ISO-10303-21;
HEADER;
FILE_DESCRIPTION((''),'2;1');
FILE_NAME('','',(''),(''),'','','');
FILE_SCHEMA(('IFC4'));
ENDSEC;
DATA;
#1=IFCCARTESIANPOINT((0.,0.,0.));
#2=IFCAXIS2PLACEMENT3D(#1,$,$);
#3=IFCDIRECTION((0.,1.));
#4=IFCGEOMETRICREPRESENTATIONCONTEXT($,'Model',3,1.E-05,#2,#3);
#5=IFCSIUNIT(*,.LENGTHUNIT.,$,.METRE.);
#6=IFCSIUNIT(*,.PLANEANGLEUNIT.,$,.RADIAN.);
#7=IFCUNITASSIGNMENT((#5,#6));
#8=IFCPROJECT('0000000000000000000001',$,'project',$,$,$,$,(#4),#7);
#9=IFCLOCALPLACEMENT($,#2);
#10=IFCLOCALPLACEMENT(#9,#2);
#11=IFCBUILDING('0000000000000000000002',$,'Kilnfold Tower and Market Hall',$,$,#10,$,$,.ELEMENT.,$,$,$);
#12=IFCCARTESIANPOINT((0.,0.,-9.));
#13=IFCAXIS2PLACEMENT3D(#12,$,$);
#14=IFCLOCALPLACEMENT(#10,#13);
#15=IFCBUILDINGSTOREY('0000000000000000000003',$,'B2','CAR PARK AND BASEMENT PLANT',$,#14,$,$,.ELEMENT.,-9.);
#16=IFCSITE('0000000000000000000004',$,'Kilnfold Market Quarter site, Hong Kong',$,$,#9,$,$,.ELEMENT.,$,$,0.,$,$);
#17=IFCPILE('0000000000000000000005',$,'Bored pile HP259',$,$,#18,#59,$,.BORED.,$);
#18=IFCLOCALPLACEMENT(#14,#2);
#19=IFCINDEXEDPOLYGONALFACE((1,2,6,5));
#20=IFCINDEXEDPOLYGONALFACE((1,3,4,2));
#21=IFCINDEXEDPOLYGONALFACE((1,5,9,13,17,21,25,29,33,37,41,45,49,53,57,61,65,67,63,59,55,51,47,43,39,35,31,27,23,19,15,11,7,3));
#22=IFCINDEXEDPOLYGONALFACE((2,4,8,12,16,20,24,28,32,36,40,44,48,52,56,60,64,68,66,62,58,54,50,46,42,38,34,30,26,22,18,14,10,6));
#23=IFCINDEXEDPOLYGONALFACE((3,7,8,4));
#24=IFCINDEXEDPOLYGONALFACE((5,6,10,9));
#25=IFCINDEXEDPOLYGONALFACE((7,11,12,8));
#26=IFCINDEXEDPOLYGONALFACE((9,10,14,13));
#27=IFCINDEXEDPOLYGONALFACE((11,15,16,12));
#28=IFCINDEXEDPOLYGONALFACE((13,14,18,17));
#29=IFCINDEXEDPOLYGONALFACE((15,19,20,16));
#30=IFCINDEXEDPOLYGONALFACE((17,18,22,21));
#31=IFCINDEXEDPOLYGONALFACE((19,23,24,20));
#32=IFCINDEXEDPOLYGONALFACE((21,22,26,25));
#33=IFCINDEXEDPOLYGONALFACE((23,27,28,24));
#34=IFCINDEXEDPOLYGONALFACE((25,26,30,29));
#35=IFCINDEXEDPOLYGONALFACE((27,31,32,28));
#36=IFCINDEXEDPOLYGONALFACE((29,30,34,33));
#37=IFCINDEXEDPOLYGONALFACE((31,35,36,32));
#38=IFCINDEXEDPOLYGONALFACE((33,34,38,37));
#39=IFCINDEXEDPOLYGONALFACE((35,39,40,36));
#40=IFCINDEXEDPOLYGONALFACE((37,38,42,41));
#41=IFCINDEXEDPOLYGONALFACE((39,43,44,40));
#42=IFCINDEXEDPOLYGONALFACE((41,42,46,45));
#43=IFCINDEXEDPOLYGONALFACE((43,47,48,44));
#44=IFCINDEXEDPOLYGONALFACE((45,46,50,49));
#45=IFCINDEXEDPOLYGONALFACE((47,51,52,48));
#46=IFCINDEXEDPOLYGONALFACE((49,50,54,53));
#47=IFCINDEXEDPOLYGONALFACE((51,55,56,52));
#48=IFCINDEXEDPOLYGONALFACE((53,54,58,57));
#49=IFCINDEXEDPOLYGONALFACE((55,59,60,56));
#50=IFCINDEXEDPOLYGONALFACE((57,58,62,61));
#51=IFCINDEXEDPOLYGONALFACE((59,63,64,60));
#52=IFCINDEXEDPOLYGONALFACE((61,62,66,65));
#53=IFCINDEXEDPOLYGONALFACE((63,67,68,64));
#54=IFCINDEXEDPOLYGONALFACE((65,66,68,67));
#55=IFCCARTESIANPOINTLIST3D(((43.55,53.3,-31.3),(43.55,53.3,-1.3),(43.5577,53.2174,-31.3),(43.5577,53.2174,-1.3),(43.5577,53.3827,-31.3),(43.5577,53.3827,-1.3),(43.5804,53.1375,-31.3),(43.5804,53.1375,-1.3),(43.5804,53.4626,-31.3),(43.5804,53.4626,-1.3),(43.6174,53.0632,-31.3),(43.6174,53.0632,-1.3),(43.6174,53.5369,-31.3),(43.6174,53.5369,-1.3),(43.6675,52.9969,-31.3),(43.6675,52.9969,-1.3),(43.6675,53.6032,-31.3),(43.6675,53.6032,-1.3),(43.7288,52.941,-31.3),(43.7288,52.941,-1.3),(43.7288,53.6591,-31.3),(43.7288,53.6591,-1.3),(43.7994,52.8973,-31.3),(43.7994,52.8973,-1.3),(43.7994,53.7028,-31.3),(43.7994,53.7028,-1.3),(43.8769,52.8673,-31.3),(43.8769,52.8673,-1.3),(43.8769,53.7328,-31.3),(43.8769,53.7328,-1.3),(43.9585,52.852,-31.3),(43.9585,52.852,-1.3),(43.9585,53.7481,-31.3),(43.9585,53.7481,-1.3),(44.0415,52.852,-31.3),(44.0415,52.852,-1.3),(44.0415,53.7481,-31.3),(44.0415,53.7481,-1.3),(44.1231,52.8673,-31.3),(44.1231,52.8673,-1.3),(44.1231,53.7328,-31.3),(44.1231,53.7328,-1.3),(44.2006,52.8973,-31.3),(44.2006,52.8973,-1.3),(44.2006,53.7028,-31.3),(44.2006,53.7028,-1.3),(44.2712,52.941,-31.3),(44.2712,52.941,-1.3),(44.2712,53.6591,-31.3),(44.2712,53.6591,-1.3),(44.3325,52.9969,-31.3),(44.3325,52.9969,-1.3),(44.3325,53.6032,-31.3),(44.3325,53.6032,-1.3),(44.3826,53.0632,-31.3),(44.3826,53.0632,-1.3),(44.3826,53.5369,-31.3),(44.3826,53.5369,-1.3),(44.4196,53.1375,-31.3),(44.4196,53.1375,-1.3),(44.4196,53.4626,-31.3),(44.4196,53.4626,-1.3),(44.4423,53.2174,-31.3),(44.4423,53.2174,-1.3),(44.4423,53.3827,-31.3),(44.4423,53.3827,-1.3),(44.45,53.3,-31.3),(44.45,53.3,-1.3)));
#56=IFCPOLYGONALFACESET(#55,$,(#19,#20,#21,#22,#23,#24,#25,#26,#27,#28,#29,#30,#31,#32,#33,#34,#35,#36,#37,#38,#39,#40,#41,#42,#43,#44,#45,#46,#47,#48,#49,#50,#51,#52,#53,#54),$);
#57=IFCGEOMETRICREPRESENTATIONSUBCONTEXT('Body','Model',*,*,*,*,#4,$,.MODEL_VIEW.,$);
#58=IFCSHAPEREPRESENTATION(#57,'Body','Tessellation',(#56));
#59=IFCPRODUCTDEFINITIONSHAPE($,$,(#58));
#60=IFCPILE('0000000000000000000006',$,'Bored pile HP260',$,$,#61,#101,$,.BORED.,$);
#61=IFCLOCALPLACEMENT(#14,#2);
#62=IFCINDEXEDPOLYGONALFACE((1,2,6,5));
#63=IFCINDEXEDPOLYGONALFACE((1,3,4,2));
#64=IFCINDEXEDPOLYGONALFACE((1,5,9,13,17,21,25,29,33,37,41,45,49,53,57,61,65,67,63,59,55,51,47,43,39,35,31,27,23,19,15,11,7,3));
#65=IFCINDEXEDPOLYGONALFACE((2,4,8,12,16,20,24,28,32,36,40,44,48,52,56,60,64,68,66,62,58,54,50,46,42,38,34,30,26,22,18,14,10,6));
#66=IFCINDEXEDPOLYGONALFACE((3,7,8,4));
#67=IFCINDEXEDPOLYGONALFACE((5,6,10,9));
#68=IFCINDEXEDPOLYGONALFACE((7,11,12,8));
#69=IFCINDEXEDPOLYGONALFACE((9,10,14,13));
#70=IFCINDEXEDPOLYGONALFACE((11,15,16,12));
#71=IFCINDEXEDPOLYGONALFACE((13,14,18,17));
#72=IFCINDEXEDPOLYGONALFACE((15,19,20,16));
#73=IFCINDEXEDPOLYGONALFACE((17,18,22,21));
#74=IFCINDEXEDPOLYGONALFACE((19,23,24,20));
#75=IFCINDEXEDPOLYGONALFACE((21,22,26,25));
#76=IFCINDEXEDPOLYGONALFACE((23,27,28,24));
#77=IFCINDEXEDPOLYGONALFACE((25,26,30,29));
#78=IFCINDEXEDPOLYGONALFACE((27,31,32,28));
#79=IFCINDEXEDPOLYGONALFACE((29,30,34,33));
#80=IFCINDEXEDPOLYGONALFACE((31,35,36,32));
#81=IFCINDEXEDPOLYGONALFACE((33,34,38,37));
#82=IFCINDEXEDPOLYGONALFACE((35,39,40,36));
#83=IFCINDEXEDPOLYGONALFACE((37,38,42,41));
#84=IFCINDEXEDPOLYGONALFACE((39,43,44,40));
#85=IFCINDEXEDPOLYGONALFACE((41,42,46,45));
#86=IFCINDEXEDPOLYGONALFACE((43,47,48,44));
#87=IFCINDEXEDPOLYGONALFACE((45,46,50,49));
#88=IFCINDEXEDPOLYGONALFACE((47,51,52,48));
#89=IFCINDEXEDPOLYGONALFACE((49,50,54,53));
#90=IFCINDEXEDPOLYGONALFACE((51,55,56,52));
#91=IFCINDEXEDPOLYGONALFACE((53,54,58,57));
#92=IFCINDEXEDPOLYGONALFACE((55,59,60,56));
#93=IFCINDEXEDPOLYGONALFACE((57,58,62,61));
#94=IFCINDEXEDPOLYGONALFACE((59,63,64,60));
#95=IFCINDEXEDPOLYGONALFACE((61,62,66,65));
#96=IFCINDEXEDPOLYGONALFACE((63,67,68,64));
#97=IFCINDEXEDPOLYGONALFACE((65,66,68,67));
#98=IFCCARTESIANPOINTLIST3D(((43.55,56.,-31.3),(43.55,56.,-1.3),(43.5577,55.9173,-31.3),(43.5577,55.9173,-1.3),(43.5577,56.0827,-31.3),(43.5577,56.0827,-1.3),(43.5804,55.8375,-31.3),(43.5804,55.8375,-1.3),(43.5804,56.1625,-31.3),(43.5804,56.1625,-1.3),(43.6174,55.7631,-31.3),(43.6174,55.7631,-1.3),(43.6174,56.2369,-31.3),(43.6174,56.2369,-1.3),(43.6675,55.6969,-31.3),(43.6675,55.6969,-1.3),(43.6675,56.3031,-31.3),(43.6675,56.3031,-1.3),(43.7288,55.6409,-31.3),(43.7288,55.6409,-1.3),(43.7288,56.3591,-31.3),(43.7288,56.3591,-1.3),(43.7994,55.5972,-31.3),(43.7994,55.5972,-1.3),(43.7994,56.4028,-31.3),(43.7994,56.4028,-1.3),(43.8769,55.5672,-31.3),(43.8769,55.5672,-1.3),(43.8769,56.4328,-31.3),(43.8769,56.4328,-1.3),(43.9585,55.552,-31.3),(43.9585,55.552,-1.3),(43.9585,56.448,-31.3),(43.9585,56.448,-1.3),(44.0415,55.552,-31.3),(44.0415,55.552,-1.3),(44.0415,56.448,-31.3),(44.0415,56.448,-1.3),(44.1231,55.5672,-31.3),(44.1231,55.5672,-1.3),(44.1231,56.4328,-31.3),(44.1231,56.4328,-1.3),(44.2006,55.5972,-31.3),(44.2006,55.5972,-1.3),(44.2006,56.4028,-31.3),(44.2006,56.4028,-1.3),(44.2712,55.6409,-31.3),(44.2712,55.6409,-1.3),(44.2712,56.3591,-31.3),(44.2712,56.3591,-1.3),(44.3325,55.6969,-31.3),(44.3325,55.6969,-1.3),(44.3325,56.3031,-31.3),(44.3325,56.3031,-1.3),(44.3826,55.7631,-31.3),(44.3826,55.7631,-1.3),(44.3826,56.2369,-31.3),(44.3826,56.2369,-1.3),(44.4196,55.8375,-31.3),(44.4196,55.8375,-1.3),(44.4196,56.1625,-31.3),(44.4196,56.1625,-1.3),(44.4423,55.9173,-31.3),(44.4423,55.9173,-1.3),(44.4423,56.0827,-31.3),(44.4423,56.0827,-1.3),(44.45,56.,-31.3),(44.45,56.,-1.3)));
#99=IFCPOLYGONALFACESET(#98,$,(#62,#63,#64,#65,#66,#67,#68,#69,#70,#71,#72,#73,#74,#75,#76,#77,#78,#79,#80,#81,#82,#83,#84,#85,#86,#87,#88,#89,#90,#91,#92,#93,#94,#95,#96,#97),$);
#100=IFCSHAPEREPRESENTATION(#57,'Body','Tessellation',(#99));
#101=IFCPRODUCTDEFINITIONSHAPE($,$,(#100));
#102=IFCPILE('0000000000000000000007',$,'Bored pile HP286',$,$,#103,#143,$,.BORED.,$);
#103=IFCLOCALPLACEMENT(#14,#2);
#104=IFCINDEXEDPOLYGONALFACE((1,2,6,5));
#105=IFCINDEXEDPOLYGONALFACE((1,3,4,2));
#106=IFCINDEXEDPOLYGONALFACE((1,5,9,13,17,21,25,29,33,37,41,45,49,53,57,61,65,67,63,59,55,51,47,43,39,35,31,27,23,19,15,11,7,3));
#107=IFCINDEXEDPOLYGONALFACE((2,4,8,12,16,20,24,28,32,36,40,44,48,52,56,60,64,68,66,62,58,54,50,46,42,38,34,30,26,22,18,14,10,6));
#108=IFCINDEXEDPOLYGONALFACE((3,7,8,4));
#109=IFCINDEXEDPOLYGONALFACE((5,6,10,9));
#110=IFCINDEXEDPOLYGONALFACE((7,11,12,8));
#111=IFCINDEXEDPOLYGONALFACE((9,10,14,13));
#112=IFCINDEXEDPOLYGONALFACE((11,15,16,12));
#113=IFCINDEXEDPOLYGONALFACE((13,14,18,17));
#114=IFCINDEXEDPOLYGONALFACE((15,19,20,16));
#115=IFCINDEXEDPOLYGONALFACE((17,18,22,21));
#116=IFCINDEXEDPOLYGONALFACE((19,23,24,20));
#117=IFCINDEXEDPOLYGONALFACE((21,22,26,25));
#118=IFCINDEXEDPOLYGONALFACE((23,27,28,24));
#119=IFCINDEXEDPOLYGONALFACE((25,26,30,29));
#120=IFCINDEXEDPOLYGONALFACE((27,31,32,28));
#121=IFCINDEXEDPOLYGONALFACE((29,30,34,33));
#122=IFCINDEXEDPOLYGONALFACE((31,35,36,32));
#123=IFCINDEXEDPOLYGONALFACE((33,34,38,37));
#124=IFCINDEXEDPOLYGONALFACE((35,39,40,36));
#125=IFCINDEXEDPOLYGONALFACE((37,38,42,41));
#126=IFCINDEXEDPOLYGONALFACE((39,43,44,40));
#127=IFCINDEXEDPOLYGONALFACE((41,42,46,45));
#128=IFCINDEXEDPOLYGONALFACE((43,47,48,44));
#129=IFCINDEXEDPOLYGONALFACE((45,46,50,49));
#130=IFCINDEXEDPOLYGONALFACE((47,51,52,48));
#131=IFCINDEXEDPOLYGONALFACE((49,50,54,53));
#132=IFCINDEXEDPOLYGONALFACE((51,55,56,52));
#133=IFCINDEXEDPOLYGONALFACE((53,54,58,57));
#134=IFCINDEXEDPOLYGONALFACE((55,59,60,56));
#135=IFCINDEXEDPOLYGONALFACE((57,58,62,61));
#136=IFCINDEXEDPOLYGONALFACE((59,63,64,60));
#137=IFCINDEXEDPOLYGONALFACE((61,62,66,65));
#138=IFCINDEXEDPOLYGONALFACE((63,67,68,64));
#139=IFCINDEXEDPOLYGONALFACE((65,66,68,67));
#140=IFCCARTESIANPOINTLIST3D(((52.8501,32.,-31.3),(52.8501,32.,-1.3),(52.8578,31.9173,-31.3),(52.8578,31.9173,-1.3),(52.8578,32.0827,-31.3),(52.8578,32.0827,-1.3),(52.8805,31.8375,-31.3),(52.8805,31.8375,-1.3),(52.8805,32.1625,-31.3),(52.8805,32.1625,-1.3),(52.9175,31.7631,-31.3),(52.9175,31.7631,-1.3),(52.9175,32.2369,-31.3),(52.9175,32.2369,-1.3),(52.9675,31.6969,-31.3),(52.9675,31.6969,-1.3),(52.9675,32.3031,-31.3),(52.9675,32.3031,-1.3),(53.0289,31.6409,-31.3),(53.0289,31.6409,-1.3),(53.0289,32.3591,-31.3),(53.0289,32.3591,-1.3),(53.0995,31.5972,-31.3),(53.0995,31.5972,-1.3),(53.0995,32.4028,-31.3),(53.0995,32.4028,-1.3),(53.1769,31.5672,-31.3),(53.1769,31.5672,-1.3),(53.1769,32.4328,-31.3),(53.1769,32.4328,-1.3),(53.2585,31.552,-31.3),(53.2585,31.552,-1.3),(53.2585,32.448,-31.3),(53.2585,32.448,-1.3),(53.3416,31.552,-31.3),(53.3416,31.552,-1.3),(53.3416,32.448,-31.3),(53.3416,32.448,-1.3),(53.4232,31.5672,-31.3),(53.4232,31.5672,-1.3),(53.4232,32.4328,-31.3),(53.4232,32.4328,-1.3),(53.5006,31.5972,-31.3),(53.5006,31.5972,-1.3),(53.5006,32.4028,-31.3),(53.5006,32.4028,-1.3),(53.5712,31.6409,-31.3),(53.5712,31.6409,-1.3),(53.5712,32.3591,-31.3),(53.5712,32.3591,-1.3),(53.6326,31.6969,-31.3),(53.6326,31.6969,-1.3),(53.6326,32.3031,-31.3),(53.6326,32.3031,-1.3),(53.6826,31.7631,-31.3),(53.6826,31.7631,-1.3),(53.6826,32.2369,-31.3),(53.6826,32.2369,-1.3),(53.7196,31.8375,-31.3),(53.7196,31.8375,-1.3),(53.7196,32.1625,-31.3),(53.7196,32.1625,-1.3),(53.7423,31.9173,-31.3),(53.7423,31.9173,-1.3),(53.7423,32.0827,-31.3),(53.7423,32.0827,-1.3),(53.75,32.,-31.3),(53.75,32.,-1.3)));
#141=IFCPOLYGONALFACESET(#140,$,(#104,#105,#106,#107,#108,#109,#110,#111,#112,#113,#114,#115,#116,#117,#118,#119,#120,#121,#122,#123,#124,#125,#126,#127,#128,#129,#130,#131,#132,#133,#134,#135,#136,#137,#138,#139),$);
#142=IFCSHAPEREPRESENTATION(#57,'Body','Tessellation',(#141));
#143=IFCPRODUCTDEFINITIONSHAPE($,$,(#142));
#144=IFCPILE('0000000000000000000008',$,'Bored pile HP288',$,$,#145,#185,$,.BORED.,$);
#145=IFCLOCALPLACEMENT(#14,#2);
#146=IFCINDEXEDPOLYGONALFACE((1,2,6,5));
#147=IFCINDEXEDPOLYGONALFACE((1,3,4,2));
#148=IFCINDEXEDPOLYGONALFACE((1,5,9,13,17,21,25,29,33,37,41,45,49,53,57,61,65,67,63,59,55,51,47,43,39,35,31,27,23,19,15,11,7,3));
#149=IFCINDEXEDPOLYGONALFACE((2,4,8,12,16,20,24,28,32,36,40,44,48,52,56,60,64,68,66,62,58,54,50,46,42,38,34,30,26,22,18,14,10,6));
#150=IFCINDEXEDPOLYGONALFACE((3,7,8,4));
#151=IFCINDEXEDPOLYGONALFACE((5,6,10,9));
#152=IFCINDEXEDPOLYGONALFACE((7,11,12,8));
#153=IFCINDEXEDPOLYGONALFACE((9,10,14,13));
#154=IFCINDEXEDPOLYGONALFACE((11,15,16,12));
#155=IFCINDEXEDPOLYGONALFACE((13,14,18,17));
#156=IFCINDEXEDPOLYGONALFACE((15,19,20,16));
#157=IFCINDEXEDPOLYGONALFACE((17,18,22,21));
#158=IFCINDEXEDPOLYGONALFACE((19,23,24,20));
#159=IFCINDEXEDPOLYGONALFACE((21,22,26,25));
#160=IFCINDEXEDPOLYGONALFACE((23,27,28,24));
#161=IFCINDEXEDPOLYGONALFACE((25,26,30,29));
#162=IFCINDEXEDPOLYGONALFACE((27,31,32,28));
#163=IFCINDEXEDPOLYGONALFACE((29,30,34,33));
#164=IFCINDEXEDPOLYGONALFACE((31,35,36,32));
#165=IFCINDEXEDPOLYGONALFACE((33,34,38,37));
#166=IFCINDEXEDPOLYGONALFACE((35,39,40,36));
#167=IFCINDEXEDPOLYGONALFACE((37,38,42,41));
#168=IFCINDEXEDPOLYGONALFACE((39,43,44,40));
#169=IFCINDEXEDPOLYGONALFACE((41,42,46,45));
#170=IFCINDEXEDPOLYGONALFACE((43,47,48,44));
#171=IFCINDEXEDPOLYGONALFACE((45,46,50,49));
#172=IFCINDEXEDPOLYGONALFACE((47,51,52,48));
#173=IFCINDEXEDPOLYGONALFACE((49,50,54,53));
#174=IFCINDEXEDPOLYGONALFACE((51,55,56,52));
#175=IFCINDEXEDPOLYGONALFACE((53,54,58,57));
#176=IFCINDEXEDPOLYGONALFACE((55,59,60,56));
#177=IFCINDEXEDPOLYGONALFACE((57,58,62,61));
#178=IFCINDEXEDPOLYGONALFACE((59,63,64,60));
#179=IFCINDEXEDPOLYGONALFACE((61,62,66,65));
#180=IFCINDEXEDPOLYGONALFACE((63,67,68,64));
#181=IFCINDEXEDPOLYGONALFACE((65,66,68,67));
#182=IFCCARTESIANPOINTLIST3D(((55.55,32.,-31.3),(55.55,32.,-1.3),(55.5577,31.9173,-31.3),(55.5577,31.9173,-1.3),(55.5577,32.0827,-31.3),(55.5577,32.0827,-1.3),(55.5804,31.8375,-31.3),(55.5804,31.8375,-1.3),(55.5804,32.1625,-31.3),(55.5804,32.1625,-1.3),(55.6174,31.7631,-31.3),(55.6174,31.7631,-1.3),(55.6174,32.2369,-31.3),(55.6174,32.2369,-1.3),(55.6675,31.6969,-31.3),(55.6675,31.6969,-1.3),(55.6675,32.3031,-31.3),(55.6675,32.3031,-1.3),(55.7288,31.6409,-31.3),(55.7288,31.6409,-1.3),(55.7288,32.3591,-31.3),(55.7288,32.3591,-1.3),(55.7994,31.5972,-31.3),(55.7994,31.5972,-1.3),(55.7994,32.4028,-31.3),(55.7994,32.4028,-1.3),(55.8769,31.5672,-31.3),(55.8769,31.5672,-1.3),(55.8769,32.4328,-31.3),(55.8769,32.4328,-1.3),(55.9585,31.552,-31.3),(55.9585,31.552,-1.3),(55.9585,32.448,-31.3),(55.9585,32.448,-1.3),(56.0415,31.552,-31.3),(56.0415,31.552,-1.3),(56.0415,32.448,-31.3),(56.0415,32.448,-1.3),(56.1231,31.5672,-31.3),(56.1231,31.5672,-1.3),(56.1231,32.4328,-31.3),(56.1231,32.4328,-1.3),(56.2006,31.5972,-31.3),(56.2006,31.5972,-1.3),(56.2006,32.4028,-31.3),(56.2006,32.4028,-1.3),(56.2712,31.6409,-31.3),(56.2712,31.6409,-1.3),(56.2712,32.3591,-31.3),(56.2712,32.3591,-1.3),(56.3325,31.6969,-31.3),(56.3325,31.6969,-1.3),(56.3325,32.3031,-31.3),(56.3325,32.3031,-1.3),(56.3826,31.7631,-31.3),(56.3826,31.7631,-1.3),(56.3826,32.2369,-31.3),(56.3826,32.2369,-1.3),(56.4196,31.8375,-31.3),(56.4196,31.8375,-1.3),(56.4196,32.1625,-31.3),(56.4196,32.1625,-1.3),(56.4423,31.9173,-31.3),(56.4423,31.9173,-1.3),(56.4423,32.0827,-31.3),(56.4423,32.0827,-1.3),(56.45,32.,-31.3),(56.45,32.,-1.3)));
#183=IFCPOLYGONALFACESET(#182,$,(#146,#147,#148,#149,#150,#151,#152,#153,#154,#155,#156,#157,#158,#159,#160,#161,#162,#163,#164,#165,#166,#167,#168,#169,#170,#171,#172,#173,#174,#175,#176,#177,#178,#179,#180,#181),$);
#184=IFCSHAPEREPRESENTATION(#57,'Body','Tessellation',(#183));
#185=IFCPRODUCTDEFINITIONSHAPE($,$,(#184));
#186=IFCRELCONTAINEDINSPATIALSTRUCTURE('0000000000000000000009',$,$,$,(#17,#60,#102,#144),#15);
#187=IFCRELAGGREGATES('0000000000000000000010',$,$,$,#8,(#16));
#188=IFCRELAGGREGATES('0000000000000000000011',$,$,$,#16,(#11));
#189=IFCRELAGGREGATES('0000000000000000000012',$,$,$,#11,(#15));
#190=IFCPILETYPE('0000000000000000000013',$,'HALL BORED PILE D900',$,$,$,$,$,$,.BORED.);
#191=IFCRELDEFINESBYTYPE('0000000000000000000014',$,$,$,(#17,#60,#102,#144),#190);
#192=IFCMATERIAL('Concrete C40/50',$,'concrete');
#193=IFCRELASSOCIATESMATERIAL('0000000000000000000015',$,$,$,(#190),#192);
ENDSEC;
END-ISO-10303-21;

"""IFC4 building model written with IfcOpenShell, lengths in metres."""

from ifc_helpers import new_model, si_unit, direction, frame, origin, origin_2d, place, context, subcontext, project, spatial, circle, extrude, source, transform, mapped, material, material_profile, profile_set, type_object, element, save


model = new_model("IFC4")

# Units and contexts
model_context = context("Model", 3, precision=1e-05, world=origin(), true_north=direction((0.0, 1.0)))
body_context = subcontext(model_context, "Body", "Model", "MODEL_VIEW")
ifc_project = project(units=[si_unit("LENGTHUNIT", "METRE"), si_unit("PLANEANGLEUNIT", "RADIAN")], contexts=[model_context])

# Site, building, storey
site_placement = place(None, origin())
site = spatial("IfcSite", under=ifc_project, at=site_placement, Name="Kilnfold Market Quarter site, Hong Kong", CompositionType="ELEMENT", RefElevation=0.0)
building_placement = place(site_placement, origin())
building = spatial("IfcBuilding", under=site, at=building_placement, Name="Kilnfold Tower and Market Hall", CompositionType="ELEMENT")
storey_placement = place(building_placement, frame((0.0, 0.0, -9.0)))
storey = spatial("IfcBuildingStorey", under=building, at=storey_placement, Name="B2", Description="CAR PARK AND BASEMENT PLANT", CompositionType="ELEMENT", Elevation=-9.0)

# Piles
ifc_material_1 = material(Name="Concrete C40/50", Category="concrete")
ifc_material_profile_1 = material_profile(ifc_material_1, circle(Radius=0.45, at=origin_2d()), Name="D900")
ifc_profile_set_1 = profile_set([ifc_material_profile_1], Name="Concrete C40/50")
pile_type = type_object("IfcPileType", Name="HALL BORED PILE D900", PredefinedType="BORED", material=ifc_profile_set_1)
shared_shape_1 = source(origin(), body_context, "Body", "SweptSolid", [
    extrude(circle(Radius=0.45, at=origin_2d()), origin(), (0.0, 0.0, 1.0), 30.0),
])
for number, where, z_axis, x_axis, name in (
    (1, (44.0, 53.3, -1.3), (0.0, 0.0, -1.0), (1.0, 0.0, 0.0), "Bored pile HP259"),
    (2, (44.0, 56.0, -1.3), (0.0, 0.0, -1.0), (1.0, 0.0, 0.0), "Bored pile HP260"),
    (3, (53.3, 32.0, -1.3), (0.0, 0.0, -1.0), (1.0, 0.0, 0.0), "Bored pile HP286"),
    (4, (56.0, 32.0, -1.3), (0.0, 0.0, -1.0), (1.0, 0.0, 0.0), "Bored pile HP288"),
):
    element("IfcPile", number, at=place(storey_placement, frame(where, z_axis=z_axis, x_axis=x_axis)), inside=storey, type_object=pile_type, Name=name, PredefinedType="BORED", context=body_context, shape_type="MappedRepresentation", body=[
        mapped(shared_shape_1, transform((0.0, 0.0, 0.0))),
    ])

save(model, "model.ifc")
